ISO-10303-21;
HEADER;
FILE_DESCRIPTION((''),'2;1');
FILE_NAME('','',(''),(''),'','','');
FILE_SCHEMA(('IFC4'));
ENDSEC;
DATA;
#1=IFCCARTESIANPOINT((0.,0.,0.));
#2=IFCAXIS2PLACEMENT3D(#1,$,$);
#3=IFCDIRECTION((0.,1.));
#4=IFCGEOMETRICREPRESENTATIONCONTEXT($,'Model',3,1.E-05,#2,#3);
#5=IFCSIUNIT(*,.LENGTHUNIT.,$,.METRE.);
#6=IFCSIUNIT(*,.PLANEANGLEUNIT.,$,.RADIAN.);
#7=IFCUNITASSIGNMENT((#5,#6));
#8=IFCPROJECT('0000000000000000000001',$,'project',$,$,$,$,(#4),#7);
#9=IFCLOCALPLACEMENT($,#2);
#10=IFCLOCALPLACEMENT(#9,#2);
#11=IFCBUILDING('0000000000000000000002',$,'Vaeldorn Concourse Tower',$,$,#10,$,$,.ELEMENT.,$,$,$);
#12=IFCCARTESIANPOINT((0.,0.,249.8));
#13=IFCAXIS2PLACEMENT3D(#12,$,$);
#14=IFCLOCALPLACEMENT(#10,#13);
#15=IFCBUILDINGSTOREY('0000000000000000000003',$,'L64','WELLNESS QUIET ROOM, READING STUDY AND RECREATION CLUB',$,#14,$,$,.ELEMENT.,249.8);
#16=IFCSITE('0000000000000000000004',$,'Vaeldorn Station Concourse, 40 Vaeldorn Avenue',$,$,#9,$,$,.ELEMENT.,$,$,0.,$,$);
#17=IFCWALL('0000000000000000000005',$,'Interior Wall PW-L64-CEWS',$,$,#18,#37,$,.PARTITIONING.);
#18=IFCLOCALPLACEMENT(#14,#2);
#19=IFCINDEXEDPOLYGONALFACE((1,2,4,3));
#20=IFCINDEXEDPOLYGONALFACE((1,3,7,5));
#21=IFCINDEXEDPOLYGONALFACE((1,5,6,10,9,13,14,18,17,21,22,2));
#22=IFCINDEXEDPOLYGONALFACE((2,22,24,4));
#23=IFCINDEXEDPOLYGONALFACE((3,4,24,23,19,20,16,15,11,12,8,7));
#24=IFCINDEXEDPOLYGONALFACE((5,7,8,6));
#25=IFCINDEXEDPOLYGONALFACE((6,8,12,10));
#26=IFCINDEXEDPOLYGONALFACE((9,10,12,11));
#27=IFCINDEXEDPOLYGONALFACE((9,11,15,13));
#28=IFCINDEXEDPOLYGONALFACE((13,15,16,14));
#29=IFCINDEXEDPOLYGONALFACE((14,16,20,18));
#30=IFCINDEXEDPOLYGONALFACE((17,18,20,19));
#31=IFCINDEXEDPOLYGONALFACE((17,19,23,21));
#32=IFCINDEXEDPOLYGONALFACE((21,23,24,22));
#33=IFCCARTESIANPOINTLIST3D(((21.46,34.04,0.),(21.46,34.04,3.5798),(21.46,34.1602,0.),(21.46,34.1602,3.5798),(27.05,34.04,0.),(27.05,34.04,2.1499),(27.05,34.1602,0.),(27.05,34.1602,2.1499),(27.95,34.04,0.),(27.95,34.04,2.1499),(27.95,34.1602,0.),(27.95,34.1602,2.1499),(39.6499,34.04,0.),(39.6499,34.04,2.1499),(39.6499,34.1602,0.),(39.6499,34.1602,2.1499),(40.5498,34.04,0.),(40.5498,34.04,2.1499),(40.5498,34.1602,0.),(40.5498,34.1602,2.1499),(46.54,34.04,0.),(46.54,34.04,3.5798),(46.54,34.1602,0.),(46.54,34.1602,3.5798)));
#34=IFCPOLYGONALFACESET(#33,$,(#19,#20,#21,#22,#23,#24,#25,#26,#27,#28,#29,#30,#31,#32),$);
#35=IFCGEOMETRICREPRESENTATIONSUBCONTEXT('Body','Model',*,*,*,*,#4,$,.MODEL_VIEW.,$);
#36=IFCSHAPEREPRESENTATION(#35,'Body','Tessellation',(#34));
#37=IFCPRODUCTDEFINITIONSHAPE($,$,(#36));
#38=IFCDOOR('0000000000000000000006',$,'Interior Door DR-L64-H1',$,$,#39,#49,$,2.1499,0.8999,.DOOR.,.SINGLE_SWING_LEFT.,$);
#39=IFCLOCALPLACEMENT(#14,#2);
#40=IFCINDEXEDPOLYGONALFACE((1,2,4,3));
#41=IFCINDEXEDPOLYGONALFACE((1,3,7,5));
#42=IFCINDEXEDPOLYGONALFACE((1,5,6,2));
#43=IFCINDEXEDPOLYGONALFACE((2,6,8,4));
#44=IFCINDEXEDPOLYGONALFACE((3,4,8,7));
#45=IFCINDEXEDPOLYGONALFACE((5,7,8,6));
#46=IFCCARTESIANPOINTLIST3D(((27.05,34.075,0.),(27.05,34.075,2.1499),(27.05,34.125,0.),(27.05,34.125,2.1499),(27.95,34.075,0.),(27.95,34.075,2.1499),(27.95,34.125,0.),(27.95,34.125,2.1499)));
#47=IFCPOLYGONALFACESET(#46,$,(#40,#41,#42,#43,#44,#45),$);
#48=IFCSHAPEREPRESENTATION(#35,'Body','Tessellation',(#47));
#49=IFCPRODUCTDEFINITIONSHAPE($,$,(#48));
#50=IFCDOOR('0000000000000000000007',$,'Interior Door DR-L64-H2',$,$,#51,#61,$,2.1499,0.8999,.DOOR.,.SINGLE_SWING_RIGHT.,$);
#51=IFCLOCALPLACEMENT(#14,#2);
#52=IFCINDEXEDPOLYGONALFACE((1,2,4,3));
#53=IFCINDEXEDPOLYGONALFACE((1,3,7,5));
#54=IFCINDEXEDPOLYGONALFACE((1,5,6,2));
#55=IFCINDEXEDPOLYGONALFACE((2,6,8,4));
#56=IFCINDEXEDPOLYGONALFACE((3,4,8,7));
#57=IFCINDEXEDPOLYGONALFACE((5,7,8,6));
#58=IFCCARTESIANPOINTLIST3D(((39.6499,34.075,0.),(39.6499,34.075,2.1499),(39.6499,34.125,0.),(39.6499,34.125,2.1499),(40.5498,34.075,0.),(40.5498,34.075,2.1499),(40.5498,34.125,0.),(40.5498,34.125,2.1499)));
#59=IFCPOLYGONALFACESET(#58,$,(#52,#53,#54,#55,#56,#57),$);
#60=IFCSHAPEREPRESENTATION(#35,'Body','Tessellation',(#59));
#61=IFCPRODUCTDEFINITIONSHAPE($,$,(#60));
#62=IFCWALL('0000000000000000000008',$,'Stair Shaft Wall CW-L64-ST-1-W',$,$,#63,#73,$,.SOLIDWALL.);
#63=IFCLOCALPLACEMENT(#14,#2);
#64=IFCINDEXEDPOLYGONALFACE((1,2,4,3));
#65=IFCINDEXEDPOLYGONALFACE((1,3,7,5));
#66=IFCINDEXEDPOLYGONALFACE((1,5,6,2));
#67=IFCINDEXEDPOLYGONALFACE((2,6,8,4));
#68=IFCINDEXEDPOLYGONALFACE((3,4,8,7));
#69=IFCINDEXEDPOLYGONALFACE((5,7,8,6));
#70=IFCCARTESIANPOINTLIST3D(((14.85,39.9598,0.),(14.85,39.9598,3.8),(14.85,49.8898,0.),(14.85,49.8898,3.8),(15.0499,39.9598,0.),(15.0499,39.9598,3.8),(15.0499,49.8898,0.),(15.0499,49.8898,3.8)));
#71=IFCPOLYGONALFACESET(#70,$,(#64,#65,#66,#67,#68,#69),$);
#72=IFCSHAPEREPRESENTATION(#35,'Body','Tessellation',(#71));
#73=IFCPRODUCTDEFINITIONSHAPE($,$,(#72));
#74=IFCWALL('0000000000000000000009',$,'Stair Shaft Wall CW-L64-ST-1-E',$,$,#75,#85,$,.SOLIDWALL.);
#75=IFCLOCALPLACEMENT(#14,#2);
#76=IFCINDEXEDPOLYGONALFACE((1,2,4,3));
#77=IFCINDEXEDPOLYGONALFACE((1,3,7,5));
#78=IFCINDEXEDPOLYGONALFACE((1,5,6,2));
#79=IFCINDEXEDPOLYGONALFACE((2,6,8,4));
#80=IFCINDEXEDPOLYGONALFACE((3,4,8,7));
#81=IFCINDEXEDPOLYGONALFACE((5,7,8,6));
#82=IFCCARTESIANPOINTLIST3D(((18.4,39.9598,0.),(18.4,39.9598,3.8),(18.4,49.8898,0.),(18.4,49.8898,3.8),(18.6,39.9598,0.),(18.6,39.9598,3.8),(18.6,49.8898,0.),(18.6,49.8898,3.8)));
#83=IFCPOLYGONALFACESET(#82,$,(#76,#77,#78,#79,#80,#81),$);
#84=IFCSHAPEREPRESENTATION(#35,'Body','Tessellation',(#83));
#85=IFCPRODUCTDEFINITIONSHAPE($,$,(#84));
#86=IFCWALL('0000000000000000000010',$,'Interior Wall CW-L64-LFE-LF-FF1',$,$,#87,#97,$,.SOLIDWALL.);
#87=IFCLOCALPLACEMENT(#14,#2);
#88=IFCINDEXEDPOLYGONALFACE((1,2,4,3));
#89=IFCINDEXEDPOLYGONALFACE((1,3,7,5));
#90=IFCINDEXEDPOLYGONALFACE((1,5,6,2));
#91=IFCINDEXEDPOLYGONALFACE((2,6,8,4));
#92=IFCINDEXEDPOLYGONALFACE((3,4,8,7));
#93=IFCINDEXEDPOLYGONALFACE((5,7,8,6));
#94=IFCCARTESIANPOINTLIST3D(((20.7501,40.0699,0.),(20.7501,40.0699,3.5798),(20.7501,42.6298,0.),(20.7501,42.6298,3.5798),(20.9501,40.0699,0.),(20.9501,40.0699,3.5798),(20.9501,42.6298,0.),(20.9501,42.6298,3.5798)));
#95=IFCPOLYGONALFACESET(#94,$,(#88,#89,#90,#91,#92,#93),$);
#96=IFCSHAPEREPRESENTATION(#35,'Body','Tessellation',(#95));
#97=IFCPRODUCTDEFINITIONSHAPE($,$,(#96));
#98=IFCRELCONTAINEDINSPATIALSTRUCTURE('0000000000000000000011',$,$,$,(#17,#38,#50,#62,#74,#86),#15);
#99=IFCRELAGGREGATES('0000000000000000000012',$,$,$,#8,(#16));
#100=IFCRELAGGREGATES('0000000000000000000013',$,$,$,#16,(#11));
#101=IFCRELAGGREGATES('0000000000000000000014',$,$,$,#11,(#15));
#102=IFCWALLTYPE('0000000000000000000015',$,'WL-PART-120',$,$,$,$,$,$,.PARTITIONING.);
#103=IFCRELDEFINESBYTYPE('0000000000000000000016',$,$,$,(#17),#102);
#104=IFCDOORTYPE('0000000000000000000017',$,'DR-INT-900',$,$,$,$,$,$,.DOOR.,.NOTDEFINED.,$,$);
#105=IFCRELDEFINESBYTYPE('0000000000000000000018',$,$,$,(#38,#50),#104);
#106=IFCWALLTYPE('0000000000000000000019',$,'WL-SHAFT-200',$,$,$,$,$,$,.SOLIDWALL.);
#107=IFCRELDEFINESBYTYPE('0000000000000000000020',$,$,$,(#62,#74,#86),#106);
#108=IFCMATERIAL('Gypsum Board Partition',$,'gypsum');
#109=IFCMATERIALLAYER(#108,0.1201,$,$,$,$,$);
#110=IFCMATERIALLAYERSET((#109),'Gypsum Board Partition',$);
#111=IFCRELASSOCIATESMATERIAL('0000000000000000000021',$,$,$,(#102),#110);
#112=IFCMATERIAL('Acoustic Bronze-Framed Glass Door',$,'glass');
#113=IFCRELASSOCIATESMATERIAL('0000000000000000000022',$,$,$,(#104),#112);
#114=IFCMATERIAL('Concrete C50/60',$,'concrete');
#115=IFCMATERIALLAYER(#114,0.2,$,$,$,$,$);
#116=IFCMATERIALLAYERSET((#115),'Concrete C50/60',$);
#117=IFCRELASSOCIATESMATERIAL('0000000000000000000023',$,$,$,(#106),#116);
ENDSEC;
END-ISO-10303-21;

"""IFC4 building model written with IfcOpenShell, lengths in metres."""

from ifc_helpers import new_model, si_unit, direction, frame, frame_2d, origin, place, context, subcontext, project, spatial, rectangle, extrude, source, transform, mapped, material, layer, layer_set, type_object, element, fill, save


model = new_model("IFC4")

# Units and contexts
model_context = context("Model", 3, precision=1e-05, world=origin(), true_north=direction((0.0, 1.0)))
body_context = subcontext(model_context, "Body", "Model", "MODEL_VIEW")
ifc_project = project(units=[si_unit("LENGTHUNIT", "METRE"), si_unit("PLANEANGLEUNIT", "RADIAN")], contexts=[model_context])

# Site, building, storey
site_placement = place(None, origin())
site = spatial("IfcSite", under=ifc_project, at=site_placement, Name="Vaeldorn Station Concourse, 40 Vaeldorn Avenue", CompositionType="ELEMENT", RefElevation=0.0)
building_placement = place(site_placement, origin())
building = spatial("IfcBuilding", under=site, at=building_placement, Name="Vaeldorn Concourse Tower", CompositionType="ELEMENT")
storey_placement = place(building_placement, frame((0.0, 0.0, 249.8)))
storey = spatial("IfcBuildingStorey", under=building, at=storey_placement, Name="L64", Description="WELLNESS QUIET ROOM, READING STUDY AND RECREATION CLUB", CompositionType="ELEMENT", Elevation=249.8)

# Shared definitions
ifc_material_1 = material(Name="Concrete C50/60", Category="concrete")

# Wall, openings, doors
ifc_material_2 = material(Name="Gypsum Board Partition", Category="gypsum")
ifc_layer_1 = layer(ifc_material_2, 0.1201)
ifc_layer_set_1 = layer_set([ifc_layer_1], Name="Gypsum Board Partition")
wall_type_1 = type_object("IfcWallType", Name="WL-PART-120", PredefinedType="PARTITIONING", material=ifc_layer_set_1)
wall_1_placement = place(storey_placement, frame((21.46, 34.1001, 0.0), z_axis=(0.0, 0.0, 1.0), x_axis=(1.0, 0.0, 0.0)))
wall_1 = element("IfcWall", 1, at=wall_1_placement, inside=storey, type_object=wall_type_1, Name="Interior Wall PW-L64-CEWS", PredefinedType="PARTITIONING", context=body_context, shape_type="SweptSolid", body=[
    extrude(rectangle(XDim=25.0801, YDim=0.1201, at=frame_2d((12.54, 0.0))), origin(), (0.0, 0.0, 1.0), 3.5798),
])
opening_1_placement = place(wall_1_placement, frame((5.5901, 0.0, 0.0)))
opening_1 = element("IfcOpeningElement", 2, at=opening_1_placement, cuts=wall_1, PredefinedType="OPENING", context=body_context, shape_type="SweptSolid", body=[
    extrude(rectangle(XDim=0.8999, YDim=2.1499, at=frame_2d((0.45, 1.075))), frame((0.0, 0.0701, 0.0), z_axis=(0.0, -1.0, 0.0), x_axis=(1.0, 0.0, 0.0)), (0.0, 0.0, 1.0), 0.1401),
])
opening_2_placement = place(wall_1_placement, frame((18.1899, 0.0, 0.0)))
opening_2 = element("IfcOpeningElement", 3, at=opening_2_placement, cuts=wall_1, PredefinedType="OPENING", context=body_context, shape_type="SweptSolid", body=[
    extrude(rectangle(XDim=0.8999, YDim=2.1499, at=frame_2d((0.45, 1.075))), frame((0.0, 0.0701, 0.0), z_axis=(0.0, -1.0, 0.0), x_axis=(1.0, 0.0, 0.0)), (0.0, 0.0, 1.0), 0.1401),
])
ifc_material_3 = material(Name="Acoustic Bronze-Framed Glass Door", Category="glass")
door_type_1 = type_object("IfcDoorType", Name="DR-INT-900", OperationType="NOTDEFINED", PredefinedType="DOOR", material=ifc_material_3)
shared_shape_1 = source(origin(), body_context, "Body", "SweptSolid", [
    extrude(rectangle(XDim=0.8999, YDim=2.1499, at=frame_2d((0.45, 1.075))), frame((0.0, 0.0249, 0.0), z_axis=(0.0, -1.0, 0.0), x_axis=(1.0, 0.0, 0.0)), (0.0, 0.0, 1.0), 0.05),
])
door_1_placement = place(opening_1_placement, origin())
door_1 = element("IfcDoor", 4, at=door_1_placement, inside=storey, type_object=door_type_1, Name="Interior Door DR-L64-H1", OperationType="SINGLE_SWING_LEFT", OverallHeight=2.1499, OverallWidth=0.8999, PredefinedType="DOOR", context=body_context, shape_type="MappedRepresentation", body=[
    mapped(shared_shape_1, transform((0.0, 0.0, 0.0), scale=1.0)),
])
fill(opening_1, door_1)
door_2_placement = place(opening_2_placement, origin())
door_2 = element("IfcDoor", 5, at=door_2_placement, inside=storey, type_object=door_type_1, Name="Interior Door DR-L64-H2", OperationType="SINGLE_SWING_RIGHT", OverallHeight=2.1499, OverallWidth=0.8999, PredefinedType="DOOR", context=body_context, shape_type="MappedRepresentation", body=[
    mapped(shared_shape_1, transform((0.0, 0.0, 0.0), scale=1.0)),
])
fill(opening_2, door_2)

# Shared definitions
ifc_layer_2 = layer(ifc_material_1, 0.2)
ifc_layer_set_2 = layer_set([ifc_layer_2], Name="Concrete C50/60")
wall_type_2 = type_object("IfcWallType", Name="WL-SHAFT-200", PredefinedType="SOLIDWALL", material=ifc_layer_set_2)

# Walls
for number, where, z_axis, x_axis, name in (
    (6, (14.95, 39.96, 0.0), (0.0, 0.0, 1.0), (0.0, 1.0, 0.0), "Stair Shaft Wall CW-L64-ST-1-W"),
    (7, (18.5, 39.96, 0.0), (0.0, 0.0, 1.0), (0.0, 1.0, 0.0), "Stair Shaft Wall CW-L64-ST-1-E"),
):
    element("IfcWall", number, at=place(storey_placement, frame(where, z_axis=z_axis, x_axis=x_axis)), inside=storey, type_object=wall_type_2, Name=name, PredefinedType="SOLIDWALL", context=body_context, shape_type="SweptSolid", body=[
        extrude(rectangle(XDim=9.9299, YDim=0.2, at=frame_2d((4.9648, 0.0))), origin(), (0.0, 0.0, 1.0), 3.8),
    ])

# Wall
wall_2_placement = place(storey_placement, frame((20.8501, 40.0701, 0.0), z_axis=(0.0, 0.0, 1.0), x_axis=(0.0, 1.0, 0.0)))
element("IfcWall", 8, at=wall_2_placement, inside=storey, type_object=wall_type_2, Name="Interior Wall CW-L64-LFE-LF-FF1", PredefinedType="SOLIDWALL", context=body_context, shape_type="SweptSolid", body=[
    extrude(rectangle(XDim=2.5598, YDim=0.2, at=frame_2d((1.2798, 0.0))), origin(), (0.0, 0.0, 1.0), 3.5798),
])

save(model, "model.ifc")
